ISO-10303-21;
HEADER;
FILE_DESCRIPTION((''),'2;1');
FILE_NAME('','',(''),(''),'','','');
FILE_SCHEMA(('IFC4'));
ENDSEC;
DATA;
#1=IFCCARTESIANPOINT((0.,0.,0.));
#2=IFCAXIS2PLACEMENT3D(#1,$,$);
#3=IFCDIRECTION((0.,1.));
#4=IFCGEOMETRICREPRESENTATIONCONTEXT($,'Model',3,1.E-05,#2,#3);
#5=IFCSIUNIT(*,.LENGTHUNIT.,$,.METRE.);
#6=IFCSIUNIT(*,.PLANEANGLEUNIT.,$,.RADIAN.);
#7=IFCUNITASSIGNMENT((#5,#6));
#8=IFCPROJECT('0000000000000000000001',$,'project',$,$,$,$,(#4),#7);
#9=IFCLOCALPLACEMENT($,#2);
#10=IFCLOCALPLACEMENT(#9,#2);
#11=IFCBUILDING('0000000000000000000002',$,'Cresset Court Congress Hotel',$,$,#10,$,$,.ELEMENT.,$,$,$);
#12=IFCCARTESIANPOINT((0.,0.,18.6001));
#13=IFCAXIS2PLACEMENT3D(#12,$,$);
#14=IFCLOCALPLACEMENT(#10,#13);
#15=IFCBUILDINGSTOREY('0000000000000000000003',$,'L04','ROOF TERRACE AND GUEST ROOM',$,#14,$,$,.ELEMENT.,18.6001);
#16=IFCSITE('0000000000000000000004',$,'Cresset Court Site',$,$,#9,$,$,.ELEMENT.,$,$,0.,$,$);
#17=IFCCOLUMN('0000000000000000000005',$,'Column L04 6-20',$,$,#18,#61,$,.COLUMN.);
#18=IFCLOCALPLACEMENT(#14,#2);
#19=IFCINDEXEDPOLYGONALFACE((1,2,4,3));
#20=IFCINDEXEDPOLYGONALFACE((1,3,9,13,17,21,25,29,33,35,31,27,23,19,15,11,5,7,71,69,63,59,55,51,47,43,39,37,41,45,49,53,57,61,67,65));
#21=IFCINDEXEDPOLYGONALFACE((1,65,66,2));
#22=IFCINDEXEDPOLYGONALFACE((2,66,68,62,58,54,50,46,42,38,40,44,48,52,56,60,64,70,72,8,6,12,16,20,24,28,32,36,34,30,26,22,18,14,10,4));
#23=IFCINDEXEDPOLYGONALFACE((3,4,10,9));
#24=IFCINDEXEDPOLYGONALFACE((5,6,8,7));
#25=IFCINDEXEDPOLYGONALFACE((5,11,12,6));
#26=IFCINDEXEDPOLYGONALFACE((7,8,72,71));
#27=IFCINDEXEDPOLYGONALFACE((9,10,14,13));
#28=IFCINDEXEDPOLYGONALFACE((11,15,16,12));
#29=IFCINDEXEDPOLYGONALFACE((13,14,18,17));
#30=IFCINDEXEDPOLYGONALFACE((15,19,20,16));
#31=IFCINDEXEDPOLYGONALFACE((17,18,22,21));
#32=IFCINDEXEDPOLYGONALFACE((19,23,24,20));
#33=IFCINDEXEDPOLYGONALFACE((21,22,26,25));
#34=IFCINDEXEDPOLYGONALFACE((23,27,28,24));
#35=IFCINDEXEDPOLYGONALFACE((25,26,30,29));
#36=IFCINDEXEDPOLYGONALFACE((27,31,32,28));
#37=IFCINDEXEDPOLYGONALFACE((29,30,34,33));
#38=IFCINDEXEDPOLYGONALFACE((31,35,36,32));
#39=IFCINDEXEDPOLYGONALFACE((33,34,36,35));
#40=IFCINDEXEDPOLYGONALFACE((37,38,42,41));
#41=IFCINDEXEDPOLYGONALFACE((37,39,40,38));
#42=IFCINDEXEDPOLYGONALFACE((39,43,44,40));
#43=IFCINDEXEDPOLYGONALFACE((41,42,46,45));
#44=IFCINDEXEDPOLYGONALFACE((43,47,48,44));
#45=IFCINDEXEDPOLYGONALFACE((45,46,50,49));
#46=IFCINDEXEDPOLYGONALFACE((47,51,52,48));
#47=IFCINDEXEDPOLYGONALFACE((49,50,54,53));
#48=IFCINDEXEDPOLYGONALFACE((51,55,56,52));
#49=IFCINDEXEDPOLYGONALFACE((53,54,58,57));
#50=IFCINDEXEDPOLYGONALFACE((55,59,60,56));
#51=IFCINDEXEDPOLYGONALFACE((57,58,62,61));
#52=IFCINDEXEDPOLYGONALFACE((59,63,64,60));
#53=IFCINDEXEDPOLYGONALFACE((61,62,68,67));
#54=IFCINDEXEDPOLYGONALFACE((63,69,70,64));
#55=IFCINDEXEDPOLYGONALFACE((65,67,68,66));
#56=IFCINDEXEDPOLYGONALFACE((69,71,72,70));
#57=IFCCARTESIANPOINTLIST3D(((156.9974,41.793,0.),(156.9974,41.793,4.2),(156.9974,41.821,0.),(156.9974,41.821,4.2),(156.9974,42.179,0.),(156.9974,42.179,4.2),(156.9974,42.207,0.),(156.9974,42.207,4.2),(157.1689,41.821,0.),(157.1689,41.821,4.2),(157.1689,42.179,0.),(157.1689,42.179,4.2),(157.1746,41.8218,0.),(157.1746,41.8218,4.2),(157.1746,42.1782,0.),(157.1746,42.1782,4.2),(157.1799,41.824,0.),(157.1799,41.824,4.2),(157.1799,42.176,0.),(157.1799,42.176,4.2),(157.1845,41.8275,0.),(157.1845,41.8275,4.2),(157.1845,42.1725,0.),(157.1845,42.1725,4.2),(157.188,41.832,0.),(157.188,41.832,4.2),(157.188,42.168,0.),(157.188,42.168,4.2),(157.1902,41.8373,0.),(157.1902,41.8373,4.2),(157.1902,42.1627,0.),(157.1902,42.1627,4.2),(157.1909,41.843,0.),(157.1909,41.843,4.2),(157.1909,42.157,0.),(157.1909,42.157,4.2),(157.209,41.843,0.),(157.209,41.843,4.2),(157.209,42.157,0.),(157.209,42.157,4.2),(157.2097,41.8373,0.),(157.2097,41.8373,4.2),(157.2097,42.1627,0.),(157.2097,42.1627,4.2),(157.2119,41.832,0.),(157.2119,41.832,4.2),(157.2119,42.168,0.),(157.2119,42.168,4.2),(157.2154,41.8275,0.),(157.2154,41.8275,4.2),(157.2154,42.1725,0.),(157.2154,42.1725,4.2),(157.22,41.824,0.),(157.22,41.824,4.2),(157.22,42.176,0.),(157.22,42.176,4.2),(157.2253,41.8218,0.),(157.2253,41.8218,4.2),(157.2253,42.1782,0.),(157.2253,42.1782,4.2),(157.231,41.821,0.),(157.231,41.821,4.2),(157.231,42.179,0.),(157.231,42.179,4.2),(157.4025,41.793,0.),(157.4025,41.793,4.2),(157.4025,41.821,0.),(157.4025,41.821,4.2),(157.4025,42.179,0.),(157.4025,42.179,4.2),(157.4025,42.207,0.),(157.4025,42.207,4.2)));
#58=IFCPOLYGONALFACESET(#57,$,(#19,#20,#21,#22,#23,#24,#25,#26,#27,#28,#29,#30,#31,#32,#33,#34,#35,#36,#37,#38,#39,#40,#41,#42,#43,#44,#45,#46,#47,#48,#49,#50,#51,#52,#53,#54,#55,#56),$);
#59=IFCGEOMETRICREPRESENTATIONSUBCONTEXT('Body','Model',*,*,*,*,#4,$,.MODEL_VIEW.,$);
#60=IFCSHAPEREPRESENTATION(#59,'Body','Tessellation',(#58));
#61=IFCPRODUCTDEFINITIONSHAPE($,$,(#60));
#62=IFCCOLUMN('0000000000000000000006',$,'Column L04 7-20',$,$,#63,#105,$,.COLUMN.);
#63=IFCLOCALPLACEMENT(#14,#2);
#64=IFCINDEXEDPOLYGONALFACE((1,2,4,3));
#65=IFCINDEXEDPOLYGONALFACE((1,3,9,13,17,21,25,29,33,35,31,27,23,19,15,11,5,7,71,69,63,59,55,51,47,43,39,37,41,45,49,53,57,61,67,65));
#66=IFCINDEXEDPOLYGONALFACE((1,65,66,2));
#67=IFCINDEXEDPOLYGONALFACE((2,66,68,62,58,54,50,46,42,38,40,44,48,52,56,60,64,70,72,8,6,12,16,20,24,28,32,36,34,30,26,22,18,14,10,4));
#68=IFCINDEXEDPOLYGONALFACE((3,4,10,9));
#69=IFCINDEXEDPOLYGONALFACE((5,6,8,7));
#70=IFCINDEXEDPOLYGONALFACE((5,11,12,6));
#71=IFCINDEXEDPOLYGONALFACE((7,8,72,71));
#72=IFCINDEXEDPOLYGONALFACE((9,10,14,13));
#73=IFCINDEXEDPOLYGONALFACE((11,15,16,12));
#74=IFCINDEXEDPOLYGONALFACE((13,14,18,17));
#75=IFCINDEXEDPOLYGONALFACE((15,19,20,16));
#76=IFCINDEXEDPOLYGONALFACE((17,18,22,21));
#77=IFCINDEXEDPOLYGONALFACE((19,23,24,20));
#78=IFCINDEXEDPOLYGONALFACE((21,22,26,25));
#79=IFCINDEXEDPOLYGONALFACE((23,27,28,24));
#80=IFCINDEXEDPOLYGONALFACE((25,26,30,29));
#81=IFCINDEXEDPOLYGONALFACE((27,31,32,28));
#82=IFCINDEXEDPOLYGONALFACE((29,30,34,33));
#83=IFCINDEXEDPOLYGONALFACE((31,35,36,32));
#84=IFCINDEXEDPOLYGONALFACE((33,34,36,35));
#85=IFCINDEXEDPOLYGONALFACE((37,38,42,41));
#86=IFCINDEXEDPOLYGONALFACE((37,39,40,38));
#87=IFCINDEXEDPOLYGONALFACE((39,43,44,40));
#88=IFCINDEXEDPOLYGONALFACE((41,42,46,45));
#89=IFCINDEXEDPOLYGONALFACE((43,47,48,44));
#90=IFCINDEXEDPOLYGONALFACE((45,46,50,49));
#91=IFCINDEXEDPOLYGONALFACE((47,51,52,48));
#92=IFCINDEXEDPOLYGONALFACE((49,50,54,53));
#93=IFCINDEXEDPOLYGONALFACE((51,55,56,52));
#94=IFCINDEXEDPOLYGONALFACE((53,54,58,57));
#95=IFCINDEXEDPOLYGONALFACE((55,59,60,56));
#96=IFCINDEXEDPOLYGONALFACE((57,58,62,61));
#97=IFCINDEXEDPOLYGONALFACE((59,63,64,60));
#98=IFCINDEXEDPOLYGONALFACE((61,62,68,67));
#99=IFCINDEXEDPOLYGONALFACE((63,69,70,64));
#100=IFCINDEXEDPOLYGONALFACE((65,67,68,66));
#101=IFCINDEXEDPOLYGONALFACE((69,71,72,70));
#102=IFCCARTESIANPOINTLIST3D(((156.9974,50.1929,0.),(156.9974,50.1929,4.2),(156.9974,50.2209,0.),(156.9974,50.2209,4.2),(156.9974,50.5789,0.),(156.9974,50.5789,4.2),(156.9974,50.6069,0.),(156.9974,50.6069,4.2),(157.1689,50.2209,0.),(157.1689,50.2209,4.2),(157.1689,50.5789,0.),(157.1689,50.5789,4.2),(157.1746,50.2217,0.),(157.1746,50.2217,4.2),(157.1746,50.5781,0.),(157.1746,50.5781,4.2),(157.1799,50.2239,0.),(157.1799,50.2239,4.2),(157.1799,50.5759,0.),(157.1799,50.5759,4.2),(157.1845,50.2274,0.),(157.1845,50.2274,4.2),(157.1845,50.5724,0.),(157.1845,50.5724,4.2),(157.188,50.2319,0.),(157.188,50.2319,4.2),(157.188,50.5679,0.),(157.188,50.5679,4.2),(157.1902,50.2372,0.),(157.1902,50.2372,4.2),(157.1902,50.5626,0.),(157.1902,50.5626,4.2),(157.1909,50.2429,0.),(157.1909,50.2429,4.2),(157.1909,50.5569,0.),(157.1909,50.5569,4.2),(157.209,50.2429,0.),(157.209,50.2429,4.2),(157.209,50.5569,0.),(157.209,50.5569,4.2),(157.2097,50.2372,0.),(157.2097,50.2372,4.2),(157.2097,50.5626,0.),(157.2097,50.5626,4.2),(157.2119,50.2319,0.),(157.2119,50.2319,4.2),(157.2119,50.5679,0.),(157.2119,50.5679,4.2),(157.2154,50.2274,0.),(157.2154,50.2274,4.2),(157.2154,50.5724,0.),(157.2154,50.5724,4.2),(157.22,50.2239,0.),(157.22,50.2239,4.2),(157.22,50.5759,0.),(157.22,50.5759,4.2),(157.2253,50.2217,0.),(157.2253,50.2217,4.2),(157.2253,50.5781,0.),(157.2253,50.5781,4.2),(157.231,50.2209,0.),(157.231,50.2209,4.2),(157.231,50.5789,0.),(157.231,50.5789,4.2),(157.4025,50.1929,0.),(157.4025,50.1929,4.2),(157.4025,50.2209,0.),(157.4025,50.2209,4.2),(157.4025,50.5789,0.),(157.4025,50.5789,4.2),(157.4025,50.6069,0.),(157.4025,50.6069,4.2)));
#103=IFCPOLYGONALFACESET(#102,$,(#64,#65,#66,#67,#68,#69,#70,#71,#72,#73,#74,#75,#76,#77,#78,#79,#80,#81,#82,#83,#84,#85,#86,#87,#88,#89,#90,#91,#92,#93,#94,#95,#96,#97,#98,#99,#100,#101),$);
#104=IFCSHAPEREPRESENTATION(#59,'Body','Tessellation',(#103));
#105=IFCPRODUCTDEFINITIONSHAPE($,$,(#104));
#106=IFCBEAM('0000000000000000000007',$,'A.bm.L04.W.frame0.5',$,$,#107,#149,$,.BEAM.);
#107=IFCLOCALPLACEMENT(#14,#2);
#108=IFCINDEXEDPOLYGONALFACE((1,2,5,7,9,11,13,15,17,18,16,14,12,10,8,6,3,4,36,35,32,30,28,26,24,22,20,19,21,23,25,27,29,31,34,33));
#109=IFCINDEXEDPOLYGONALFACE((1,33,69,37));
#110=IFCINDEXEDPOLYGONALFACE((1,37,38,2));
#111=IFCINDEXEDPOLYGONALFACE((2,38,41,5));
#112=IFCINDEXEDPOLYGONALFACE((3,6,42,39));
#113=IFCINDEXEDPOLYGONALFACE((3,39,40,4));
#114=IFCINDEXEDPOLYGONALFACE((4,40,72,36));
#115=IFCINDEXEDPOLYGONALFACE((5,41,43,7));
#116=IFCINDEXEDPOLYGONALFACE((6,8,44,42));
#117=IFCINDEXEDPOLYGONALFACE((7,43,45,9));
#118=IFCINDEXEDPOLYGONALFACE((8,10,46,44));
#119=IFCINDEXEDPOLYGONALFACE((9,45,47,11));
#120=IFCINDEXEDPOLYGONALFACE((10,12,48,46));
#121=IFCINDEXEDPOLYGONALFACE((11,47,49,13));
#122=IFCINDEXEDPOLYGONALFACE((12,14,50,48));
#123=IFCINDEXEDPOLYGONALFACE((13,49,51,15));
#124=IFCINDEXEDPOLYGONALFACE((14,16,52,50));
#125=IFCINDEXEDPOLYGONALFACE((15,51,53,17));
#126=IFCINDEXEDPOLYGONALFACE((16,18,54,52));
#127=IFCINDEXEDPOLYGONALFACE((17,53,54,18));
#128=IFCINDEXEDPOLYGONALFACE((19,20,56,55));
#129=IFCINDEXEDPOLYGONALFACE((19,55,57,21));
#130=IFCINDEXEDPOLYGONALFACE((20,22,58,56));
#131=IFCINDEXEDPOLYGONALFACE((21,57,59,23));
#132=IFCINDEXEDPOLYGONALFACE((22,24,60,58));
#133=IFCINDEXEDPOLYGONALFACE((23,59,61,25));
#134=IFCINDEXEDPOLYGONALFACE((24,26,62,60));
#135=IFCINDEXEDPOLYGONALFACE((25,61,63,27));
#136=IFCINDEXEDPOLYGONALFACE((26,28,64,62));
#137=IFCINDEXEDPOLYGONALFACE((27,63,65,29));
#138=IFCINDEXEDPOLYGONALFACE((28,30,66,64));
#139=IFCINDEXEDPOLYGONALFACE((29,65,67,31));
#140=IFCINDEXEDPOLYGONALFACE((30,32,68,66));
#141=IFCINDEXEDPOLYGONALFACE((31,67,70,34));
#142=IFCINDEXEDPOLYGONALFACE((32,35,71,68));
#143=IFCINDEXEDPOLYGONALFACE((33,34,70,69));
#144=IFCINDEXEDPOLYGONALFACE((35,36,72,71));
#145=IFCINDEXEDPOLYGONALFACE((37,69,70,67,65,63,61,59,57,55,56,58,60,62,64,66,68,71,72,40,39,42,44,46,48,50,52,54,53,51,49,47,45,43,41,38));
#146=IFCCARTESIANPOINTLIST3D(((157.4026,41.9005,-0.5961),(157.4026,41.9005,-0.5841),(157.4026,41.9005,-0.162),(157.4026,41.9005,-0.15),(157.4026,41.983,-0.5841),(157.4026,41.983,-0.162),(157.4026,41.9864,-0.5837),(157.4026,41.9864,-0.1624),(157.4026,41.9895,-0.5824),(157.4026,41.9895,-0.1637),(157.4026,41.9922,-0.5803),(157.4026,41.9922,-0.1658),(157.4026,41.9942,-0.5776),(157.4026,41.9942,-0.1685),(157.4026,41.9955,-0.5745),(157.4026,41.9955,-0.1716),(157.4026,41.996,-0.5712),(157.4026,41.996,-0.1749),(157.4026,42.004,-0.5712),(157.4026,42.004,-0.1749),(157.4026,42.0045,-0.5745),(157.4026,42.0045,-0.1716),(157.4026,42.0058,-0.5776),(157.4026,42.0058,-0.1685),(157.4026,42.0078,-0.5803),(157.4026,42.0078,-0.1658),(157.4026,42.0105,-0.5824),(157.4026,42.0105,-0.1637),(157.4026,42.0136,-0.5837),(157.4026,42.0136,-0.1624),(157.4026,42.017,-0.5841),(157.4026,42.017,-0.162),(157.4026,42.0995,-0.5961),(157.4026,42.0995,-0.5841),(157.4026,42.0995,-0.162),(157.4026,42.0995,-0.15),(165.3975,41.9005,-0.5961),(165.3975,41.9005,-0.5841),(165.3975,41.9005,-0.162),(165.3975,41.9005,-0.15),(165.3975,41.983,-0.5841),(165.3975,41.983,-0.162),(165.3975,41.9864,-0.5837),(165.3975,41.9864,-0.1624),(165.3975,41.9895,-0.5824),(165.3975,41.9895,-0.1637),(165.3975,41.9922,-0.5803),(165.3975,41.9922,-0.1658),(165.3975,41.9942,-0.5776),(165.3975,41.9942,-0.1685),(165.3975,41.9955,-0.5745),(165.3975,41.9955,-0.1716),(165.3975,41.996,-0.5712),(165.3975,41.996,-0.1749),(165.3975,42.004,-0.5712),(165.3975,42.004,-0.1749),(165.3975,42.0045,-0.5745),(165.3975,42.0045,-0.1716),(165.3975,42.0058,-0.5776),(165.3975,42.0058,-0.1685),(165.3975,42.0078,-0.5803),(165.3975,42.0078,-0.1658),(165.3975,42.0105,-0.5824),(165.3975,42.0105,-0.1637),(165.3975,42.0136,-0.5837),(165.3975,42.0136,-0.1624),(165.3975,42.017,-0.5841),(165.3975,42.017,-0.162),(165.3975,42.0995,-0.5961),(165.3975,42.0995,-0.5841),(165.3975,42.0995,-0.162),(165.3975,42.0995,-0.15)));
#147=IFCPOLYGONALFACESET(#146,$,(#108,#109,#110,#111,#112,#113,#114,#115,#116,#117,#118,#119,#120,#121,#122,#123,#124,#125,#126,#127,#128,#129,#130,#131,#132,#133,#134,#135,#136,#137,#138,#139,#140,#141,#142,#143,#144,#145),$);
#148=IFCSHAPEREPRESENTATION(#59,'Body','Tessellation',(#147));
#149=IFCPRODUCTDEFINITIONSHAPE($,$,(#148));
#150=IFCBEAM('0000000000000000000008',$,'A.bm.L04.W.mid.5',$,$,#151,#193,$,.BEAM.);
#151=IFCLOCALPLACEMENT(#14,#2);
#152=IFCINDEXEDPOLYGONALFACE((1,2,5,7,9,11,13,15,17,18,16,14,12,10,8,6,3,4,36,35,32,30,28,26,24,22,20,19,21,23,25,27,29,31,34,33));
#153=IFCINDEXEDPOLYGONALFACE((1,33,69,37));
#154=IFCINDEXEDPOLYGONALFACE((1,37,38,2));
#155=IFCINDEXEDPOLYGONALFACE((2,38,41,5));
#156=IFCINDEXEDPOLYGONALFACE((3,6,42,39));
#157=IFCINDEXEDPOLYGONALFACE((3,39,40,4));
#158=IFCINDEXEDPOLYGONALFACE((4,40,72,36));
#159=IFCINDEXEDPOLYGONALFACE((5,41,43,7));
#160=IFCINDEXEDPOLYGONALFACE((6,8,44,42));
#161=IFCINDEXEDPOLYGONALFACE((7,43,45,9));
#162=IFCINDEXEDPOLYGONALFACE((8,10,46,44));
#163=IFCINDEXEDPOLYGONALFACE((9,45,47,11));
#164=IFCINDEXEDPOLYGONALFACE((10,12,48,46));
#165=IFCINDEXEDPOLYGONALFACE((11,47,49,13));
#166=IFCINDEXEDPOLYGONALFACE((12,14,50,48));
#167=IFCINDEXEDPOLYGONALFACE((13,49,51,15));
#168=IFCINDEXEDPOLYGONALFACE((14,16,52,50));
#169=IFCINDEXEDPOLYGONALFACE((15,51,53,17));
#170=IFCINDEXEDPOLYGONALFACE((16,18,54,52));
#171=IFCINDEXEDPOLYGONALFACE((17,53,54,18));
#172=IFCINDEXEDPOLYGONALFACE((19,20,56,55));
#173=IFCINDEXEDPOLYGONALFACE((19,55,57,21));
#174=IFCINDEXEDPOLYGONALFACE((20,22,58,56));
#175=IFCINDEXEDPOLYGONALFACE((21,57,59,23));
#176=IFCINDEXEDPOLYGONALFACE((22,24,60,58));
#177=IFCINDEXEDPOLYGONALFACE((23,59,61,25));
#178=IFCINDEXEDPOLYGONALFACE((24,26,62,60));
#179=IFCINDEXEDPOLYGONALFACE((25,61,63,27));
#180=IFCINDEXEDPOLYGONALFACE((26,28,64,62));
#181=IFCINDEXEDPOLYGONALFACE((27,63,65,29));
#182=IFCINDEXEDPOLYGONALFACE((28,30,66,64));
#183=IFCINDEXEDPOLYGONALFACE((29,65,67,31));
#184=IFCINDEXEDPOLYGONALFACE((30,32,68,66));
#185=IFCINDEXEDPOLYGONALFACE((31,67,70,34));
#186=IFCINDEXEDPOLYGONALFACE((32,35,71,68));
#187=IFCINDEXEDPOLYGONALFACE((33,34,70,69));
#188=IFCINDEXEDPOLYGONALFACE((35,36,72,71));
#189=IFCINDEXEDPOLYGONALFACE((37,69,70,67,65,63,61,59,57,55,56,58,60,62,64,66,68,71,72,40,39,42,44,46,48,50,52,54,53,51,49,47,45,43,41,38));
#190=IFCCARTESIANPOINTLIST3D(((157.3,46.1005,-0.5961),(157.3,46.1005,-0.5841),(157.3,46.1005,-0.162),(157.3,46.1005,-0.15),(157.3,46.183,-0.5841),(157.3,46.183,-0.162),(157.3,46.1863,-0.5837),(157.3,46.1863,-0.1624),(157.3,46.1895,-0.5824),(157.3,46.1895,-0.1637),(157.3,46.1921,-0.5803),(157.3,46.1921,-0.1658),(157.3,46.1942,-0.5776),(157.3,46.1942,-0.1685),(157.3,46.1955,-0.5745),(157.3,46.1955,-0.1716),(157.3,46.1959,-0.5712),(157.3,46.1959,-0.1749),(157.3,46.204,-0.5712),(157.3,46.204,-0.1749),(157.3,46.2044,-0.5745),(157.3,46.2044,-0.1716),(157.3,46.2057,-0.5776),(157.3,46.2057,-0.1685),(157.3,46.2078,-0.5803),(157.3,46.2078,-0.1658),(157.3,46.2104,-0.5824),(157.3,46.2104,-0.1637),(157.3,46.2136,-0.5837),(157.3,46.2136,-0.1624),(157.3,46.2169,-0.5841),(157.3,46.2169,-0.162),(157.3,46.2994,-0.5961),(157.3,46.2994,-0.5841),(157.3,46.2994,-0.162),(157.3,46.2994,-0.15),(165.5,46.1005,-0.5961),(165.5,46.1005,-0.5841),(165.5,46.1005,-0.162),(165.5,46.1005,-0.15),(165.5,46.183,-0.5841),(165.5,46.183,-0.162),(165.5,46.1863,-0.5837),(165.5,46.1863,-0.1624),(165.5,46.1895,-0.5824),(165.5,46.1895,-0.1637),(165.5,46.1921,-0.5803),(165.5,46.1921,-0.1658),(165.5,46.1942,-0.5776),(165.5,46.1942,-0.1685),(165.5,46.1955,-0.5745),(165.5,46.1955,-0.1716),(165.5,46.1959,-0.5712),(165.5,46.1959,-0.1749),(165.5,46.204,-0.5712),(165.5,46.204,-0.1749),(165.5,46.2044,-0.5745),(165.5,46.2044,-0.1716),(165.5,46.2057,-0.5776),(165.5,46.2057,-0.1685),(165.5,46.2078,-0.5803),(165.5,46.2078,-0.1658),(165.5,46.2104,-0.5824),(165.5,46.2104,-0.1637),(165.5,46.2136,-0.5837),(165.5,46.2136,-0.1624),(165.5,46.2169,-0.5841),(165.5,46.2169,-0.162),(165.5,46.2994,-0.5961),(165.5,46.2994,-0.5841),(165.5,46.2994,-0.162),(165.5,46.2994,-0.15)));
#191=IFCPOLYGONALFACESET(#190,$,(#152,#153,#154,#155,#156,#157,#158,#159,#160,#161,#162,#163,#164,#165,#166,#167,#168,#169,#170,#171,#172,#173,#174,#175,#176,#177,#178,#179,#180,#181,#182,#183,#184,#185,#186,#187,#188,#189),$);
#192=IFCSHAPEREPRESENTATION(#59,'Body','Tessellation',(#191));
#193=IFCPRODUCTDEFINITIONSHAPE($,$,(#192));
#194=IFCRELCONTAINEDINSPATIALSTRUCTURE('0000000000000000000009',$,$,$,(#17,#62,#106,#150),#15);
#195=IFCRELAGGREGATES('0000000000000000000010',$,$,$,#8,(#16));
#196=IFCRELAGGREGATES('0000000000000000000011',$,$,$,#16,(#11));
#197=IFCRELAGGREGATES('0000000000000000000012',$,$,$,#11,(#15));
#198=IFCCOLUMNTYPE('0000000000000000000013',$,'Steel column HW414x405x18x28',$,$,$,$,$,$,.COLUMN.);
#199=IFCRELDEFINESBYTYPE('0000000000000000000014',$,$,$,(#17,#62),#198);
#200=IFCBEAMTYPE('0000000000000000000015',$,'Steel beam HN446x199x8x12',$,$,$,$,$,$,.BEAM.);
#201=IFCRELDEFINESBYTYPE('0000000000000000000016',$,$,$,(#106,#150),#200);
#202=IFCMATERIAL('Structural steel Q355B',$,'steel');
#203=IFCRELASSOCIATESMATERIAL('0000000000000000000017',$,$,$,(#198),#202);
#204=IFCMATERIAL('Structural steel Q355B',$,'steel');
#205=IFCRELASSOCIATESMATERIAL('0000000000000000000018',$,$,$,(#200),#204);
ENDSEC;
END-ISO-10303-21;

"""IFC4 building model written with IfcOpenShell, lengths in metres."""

from ifc_helpers import new_model, si_unit, direction, frame, origin, origin_2d, place, context, subcontext, project, spatial, i_section, extrude, material, material_profile, profile_set, type_object, element, save


model = new_model("IFC4")

# Units and contexts
model_context = context("Model", 3, precision=1e-05, world=origin(), true_north=direction((0.0, 1.0)))
body_context = subcontext(model_context, "Body", "Model", "MODEL_VIEW")
ifc_project = project(units=[si_unit("LENGTHUNIT", "METRE"), si_unit("PLANEANGLEUNIT", "RADIAN")], contexts=[model_context])

# Site, building, storey
site_placement = place(None, origin())
site = spatial("IfcSite", under=ifc_project, at=site_placement, Name="Cresset Court Site", CompositionType="ELEMENT", RefElevation=0.0)
building_placement = place(site_placement, origin())
building = spatial("IfcBuilding", under=site, at=building_placement, Name="Cresset Court Congress Hotel", CompositionType="ELEMENT")
storey_placement = place(building_placement, frame((0.0, 0.0, 18.6001)))
storey = spatial("IfcBuildingStorey", under=building, at=storey_placement, Name="L04", Description="ROOF TERRACE AND GUEST ROOM", CompositionType="ELEMENT", Elevation=18.6001)

# Columns
ifc_material_1 = material(Name="Structural steel Q355B", Category="steel")
ifc_material_profile_1 = material_profile(ifc_material_1, i_section(OverallWidth=0.405, OverallDepth=0.4141, WebThickness=0.0181, FlangeThickness=0.0281, FilletRadius=0.022, at=origin_2d()), Name="HW414x405x18x28")
ifc_profile_set_1 = profile_set([ifc_material_profile_1], Name="Structural steel Q355B")
column_type = type_object("IfcColumnType", Name="Steel column HW414x405x18x28", PredefinedType="COLUMN", material=ifc_profile_set_1)
for number, where, z_axis, x_axis, name in (
    (1, (157.2, 42.0, 0.0), (0.0, 0.0, 1.0), (1.0, 0.0, 0.0), "Column L04 6-20"),
    (2, (157.2, 50.3999, 0.0), (0.0, 0.0, 1.0), (1.0, 0.0, 0.0), "Column L04 7-20"),
):
    element("IfcColumn", number, at=place(storey_placement, frame(where, z_axis=z_axis, x_axis=x_axis)), inside=storey, type_object=column_type, Name=name, PredefinedType="COLUMN", context=body_context, shape_type="SweptSolid", body=[
        extrude(i_section(OverallWidth=0.405, OverallDepth=0.4141, WebThickness=0.0181, FlangeThickness=0.0281, FilletRadius=0.022, at=origin_2d()), origin(), (0.0, 0.0, 1.0), 4.2),
    ])

# Beams
ifc_material_2 = material(Name="Structural steel Q355B", Category="steel")
ifc_material_profile_2 = material_profile(ifc_material_2, i_section(OverallWidth=0.199, OverallDepth=0.446, WebThickness=0.0081, FlangeThickness=0.012, FilletRadius=0.0129, at=origin_2d()), Name="HN446x199x8x12")
ifc_profile_set_2 = profile_set([ifc_material_profile_2], Name="Structural steel Q355B")
beam_type_1 = type_object("IfcBeamType", Name="Steel beam HN446x199x8x12", PredefinedType="BEAM", material=ifc_profile_set_2)
beam_1_placement = place(storey_placement, frame((157.4026, 42.0, -0.373), z_axis=(1.0, 0.0, 0.0), x_axis=(0.0, 1.0, 0.0)))
element("IfcBeam", 3, at=beam_1_placement, inside=storey, type_object=beam_type_1, Name="A.bm.L04.W.frame0.5", PredefinedType="BEAM", context=body_context, shape_type="SweptSolid", body=[
    extrude(i_section(OverallWidth=0.199, OverallDepth=0.446, WebThickness=0.0081, FlangeThickness=0.012, FilletRadius=0.0129, at=origin_2d()), origin(), (0.0, 0.0, 1.0), 7.9949),
])
beam_2_placement = place(storey_placement, frame((157.3, 46.2, -0.373), z_axis=(1.0, 0.0, 0.0), x_axis=(0.0, 1.0, 0.0)))
element("IfcBeam", 4, at=beam_2_placement, inside=storey, type_object=beam_type_1, Name="A.bm.L04.W.mid.5", PredefinedType="BEAM", context=body_context, shape_type="SweptSolid", body=[
    extrude(i_section(OverallWidth=0.199, OverallDepth=0.446, WebThickness=0.0081, FlangeThickness=0.012, FilletRadius=0.0129, at=origin_2d()), origin(), (0.0, 0.0, 1.0), 8.2),
])

save(model, "model.ifc")
